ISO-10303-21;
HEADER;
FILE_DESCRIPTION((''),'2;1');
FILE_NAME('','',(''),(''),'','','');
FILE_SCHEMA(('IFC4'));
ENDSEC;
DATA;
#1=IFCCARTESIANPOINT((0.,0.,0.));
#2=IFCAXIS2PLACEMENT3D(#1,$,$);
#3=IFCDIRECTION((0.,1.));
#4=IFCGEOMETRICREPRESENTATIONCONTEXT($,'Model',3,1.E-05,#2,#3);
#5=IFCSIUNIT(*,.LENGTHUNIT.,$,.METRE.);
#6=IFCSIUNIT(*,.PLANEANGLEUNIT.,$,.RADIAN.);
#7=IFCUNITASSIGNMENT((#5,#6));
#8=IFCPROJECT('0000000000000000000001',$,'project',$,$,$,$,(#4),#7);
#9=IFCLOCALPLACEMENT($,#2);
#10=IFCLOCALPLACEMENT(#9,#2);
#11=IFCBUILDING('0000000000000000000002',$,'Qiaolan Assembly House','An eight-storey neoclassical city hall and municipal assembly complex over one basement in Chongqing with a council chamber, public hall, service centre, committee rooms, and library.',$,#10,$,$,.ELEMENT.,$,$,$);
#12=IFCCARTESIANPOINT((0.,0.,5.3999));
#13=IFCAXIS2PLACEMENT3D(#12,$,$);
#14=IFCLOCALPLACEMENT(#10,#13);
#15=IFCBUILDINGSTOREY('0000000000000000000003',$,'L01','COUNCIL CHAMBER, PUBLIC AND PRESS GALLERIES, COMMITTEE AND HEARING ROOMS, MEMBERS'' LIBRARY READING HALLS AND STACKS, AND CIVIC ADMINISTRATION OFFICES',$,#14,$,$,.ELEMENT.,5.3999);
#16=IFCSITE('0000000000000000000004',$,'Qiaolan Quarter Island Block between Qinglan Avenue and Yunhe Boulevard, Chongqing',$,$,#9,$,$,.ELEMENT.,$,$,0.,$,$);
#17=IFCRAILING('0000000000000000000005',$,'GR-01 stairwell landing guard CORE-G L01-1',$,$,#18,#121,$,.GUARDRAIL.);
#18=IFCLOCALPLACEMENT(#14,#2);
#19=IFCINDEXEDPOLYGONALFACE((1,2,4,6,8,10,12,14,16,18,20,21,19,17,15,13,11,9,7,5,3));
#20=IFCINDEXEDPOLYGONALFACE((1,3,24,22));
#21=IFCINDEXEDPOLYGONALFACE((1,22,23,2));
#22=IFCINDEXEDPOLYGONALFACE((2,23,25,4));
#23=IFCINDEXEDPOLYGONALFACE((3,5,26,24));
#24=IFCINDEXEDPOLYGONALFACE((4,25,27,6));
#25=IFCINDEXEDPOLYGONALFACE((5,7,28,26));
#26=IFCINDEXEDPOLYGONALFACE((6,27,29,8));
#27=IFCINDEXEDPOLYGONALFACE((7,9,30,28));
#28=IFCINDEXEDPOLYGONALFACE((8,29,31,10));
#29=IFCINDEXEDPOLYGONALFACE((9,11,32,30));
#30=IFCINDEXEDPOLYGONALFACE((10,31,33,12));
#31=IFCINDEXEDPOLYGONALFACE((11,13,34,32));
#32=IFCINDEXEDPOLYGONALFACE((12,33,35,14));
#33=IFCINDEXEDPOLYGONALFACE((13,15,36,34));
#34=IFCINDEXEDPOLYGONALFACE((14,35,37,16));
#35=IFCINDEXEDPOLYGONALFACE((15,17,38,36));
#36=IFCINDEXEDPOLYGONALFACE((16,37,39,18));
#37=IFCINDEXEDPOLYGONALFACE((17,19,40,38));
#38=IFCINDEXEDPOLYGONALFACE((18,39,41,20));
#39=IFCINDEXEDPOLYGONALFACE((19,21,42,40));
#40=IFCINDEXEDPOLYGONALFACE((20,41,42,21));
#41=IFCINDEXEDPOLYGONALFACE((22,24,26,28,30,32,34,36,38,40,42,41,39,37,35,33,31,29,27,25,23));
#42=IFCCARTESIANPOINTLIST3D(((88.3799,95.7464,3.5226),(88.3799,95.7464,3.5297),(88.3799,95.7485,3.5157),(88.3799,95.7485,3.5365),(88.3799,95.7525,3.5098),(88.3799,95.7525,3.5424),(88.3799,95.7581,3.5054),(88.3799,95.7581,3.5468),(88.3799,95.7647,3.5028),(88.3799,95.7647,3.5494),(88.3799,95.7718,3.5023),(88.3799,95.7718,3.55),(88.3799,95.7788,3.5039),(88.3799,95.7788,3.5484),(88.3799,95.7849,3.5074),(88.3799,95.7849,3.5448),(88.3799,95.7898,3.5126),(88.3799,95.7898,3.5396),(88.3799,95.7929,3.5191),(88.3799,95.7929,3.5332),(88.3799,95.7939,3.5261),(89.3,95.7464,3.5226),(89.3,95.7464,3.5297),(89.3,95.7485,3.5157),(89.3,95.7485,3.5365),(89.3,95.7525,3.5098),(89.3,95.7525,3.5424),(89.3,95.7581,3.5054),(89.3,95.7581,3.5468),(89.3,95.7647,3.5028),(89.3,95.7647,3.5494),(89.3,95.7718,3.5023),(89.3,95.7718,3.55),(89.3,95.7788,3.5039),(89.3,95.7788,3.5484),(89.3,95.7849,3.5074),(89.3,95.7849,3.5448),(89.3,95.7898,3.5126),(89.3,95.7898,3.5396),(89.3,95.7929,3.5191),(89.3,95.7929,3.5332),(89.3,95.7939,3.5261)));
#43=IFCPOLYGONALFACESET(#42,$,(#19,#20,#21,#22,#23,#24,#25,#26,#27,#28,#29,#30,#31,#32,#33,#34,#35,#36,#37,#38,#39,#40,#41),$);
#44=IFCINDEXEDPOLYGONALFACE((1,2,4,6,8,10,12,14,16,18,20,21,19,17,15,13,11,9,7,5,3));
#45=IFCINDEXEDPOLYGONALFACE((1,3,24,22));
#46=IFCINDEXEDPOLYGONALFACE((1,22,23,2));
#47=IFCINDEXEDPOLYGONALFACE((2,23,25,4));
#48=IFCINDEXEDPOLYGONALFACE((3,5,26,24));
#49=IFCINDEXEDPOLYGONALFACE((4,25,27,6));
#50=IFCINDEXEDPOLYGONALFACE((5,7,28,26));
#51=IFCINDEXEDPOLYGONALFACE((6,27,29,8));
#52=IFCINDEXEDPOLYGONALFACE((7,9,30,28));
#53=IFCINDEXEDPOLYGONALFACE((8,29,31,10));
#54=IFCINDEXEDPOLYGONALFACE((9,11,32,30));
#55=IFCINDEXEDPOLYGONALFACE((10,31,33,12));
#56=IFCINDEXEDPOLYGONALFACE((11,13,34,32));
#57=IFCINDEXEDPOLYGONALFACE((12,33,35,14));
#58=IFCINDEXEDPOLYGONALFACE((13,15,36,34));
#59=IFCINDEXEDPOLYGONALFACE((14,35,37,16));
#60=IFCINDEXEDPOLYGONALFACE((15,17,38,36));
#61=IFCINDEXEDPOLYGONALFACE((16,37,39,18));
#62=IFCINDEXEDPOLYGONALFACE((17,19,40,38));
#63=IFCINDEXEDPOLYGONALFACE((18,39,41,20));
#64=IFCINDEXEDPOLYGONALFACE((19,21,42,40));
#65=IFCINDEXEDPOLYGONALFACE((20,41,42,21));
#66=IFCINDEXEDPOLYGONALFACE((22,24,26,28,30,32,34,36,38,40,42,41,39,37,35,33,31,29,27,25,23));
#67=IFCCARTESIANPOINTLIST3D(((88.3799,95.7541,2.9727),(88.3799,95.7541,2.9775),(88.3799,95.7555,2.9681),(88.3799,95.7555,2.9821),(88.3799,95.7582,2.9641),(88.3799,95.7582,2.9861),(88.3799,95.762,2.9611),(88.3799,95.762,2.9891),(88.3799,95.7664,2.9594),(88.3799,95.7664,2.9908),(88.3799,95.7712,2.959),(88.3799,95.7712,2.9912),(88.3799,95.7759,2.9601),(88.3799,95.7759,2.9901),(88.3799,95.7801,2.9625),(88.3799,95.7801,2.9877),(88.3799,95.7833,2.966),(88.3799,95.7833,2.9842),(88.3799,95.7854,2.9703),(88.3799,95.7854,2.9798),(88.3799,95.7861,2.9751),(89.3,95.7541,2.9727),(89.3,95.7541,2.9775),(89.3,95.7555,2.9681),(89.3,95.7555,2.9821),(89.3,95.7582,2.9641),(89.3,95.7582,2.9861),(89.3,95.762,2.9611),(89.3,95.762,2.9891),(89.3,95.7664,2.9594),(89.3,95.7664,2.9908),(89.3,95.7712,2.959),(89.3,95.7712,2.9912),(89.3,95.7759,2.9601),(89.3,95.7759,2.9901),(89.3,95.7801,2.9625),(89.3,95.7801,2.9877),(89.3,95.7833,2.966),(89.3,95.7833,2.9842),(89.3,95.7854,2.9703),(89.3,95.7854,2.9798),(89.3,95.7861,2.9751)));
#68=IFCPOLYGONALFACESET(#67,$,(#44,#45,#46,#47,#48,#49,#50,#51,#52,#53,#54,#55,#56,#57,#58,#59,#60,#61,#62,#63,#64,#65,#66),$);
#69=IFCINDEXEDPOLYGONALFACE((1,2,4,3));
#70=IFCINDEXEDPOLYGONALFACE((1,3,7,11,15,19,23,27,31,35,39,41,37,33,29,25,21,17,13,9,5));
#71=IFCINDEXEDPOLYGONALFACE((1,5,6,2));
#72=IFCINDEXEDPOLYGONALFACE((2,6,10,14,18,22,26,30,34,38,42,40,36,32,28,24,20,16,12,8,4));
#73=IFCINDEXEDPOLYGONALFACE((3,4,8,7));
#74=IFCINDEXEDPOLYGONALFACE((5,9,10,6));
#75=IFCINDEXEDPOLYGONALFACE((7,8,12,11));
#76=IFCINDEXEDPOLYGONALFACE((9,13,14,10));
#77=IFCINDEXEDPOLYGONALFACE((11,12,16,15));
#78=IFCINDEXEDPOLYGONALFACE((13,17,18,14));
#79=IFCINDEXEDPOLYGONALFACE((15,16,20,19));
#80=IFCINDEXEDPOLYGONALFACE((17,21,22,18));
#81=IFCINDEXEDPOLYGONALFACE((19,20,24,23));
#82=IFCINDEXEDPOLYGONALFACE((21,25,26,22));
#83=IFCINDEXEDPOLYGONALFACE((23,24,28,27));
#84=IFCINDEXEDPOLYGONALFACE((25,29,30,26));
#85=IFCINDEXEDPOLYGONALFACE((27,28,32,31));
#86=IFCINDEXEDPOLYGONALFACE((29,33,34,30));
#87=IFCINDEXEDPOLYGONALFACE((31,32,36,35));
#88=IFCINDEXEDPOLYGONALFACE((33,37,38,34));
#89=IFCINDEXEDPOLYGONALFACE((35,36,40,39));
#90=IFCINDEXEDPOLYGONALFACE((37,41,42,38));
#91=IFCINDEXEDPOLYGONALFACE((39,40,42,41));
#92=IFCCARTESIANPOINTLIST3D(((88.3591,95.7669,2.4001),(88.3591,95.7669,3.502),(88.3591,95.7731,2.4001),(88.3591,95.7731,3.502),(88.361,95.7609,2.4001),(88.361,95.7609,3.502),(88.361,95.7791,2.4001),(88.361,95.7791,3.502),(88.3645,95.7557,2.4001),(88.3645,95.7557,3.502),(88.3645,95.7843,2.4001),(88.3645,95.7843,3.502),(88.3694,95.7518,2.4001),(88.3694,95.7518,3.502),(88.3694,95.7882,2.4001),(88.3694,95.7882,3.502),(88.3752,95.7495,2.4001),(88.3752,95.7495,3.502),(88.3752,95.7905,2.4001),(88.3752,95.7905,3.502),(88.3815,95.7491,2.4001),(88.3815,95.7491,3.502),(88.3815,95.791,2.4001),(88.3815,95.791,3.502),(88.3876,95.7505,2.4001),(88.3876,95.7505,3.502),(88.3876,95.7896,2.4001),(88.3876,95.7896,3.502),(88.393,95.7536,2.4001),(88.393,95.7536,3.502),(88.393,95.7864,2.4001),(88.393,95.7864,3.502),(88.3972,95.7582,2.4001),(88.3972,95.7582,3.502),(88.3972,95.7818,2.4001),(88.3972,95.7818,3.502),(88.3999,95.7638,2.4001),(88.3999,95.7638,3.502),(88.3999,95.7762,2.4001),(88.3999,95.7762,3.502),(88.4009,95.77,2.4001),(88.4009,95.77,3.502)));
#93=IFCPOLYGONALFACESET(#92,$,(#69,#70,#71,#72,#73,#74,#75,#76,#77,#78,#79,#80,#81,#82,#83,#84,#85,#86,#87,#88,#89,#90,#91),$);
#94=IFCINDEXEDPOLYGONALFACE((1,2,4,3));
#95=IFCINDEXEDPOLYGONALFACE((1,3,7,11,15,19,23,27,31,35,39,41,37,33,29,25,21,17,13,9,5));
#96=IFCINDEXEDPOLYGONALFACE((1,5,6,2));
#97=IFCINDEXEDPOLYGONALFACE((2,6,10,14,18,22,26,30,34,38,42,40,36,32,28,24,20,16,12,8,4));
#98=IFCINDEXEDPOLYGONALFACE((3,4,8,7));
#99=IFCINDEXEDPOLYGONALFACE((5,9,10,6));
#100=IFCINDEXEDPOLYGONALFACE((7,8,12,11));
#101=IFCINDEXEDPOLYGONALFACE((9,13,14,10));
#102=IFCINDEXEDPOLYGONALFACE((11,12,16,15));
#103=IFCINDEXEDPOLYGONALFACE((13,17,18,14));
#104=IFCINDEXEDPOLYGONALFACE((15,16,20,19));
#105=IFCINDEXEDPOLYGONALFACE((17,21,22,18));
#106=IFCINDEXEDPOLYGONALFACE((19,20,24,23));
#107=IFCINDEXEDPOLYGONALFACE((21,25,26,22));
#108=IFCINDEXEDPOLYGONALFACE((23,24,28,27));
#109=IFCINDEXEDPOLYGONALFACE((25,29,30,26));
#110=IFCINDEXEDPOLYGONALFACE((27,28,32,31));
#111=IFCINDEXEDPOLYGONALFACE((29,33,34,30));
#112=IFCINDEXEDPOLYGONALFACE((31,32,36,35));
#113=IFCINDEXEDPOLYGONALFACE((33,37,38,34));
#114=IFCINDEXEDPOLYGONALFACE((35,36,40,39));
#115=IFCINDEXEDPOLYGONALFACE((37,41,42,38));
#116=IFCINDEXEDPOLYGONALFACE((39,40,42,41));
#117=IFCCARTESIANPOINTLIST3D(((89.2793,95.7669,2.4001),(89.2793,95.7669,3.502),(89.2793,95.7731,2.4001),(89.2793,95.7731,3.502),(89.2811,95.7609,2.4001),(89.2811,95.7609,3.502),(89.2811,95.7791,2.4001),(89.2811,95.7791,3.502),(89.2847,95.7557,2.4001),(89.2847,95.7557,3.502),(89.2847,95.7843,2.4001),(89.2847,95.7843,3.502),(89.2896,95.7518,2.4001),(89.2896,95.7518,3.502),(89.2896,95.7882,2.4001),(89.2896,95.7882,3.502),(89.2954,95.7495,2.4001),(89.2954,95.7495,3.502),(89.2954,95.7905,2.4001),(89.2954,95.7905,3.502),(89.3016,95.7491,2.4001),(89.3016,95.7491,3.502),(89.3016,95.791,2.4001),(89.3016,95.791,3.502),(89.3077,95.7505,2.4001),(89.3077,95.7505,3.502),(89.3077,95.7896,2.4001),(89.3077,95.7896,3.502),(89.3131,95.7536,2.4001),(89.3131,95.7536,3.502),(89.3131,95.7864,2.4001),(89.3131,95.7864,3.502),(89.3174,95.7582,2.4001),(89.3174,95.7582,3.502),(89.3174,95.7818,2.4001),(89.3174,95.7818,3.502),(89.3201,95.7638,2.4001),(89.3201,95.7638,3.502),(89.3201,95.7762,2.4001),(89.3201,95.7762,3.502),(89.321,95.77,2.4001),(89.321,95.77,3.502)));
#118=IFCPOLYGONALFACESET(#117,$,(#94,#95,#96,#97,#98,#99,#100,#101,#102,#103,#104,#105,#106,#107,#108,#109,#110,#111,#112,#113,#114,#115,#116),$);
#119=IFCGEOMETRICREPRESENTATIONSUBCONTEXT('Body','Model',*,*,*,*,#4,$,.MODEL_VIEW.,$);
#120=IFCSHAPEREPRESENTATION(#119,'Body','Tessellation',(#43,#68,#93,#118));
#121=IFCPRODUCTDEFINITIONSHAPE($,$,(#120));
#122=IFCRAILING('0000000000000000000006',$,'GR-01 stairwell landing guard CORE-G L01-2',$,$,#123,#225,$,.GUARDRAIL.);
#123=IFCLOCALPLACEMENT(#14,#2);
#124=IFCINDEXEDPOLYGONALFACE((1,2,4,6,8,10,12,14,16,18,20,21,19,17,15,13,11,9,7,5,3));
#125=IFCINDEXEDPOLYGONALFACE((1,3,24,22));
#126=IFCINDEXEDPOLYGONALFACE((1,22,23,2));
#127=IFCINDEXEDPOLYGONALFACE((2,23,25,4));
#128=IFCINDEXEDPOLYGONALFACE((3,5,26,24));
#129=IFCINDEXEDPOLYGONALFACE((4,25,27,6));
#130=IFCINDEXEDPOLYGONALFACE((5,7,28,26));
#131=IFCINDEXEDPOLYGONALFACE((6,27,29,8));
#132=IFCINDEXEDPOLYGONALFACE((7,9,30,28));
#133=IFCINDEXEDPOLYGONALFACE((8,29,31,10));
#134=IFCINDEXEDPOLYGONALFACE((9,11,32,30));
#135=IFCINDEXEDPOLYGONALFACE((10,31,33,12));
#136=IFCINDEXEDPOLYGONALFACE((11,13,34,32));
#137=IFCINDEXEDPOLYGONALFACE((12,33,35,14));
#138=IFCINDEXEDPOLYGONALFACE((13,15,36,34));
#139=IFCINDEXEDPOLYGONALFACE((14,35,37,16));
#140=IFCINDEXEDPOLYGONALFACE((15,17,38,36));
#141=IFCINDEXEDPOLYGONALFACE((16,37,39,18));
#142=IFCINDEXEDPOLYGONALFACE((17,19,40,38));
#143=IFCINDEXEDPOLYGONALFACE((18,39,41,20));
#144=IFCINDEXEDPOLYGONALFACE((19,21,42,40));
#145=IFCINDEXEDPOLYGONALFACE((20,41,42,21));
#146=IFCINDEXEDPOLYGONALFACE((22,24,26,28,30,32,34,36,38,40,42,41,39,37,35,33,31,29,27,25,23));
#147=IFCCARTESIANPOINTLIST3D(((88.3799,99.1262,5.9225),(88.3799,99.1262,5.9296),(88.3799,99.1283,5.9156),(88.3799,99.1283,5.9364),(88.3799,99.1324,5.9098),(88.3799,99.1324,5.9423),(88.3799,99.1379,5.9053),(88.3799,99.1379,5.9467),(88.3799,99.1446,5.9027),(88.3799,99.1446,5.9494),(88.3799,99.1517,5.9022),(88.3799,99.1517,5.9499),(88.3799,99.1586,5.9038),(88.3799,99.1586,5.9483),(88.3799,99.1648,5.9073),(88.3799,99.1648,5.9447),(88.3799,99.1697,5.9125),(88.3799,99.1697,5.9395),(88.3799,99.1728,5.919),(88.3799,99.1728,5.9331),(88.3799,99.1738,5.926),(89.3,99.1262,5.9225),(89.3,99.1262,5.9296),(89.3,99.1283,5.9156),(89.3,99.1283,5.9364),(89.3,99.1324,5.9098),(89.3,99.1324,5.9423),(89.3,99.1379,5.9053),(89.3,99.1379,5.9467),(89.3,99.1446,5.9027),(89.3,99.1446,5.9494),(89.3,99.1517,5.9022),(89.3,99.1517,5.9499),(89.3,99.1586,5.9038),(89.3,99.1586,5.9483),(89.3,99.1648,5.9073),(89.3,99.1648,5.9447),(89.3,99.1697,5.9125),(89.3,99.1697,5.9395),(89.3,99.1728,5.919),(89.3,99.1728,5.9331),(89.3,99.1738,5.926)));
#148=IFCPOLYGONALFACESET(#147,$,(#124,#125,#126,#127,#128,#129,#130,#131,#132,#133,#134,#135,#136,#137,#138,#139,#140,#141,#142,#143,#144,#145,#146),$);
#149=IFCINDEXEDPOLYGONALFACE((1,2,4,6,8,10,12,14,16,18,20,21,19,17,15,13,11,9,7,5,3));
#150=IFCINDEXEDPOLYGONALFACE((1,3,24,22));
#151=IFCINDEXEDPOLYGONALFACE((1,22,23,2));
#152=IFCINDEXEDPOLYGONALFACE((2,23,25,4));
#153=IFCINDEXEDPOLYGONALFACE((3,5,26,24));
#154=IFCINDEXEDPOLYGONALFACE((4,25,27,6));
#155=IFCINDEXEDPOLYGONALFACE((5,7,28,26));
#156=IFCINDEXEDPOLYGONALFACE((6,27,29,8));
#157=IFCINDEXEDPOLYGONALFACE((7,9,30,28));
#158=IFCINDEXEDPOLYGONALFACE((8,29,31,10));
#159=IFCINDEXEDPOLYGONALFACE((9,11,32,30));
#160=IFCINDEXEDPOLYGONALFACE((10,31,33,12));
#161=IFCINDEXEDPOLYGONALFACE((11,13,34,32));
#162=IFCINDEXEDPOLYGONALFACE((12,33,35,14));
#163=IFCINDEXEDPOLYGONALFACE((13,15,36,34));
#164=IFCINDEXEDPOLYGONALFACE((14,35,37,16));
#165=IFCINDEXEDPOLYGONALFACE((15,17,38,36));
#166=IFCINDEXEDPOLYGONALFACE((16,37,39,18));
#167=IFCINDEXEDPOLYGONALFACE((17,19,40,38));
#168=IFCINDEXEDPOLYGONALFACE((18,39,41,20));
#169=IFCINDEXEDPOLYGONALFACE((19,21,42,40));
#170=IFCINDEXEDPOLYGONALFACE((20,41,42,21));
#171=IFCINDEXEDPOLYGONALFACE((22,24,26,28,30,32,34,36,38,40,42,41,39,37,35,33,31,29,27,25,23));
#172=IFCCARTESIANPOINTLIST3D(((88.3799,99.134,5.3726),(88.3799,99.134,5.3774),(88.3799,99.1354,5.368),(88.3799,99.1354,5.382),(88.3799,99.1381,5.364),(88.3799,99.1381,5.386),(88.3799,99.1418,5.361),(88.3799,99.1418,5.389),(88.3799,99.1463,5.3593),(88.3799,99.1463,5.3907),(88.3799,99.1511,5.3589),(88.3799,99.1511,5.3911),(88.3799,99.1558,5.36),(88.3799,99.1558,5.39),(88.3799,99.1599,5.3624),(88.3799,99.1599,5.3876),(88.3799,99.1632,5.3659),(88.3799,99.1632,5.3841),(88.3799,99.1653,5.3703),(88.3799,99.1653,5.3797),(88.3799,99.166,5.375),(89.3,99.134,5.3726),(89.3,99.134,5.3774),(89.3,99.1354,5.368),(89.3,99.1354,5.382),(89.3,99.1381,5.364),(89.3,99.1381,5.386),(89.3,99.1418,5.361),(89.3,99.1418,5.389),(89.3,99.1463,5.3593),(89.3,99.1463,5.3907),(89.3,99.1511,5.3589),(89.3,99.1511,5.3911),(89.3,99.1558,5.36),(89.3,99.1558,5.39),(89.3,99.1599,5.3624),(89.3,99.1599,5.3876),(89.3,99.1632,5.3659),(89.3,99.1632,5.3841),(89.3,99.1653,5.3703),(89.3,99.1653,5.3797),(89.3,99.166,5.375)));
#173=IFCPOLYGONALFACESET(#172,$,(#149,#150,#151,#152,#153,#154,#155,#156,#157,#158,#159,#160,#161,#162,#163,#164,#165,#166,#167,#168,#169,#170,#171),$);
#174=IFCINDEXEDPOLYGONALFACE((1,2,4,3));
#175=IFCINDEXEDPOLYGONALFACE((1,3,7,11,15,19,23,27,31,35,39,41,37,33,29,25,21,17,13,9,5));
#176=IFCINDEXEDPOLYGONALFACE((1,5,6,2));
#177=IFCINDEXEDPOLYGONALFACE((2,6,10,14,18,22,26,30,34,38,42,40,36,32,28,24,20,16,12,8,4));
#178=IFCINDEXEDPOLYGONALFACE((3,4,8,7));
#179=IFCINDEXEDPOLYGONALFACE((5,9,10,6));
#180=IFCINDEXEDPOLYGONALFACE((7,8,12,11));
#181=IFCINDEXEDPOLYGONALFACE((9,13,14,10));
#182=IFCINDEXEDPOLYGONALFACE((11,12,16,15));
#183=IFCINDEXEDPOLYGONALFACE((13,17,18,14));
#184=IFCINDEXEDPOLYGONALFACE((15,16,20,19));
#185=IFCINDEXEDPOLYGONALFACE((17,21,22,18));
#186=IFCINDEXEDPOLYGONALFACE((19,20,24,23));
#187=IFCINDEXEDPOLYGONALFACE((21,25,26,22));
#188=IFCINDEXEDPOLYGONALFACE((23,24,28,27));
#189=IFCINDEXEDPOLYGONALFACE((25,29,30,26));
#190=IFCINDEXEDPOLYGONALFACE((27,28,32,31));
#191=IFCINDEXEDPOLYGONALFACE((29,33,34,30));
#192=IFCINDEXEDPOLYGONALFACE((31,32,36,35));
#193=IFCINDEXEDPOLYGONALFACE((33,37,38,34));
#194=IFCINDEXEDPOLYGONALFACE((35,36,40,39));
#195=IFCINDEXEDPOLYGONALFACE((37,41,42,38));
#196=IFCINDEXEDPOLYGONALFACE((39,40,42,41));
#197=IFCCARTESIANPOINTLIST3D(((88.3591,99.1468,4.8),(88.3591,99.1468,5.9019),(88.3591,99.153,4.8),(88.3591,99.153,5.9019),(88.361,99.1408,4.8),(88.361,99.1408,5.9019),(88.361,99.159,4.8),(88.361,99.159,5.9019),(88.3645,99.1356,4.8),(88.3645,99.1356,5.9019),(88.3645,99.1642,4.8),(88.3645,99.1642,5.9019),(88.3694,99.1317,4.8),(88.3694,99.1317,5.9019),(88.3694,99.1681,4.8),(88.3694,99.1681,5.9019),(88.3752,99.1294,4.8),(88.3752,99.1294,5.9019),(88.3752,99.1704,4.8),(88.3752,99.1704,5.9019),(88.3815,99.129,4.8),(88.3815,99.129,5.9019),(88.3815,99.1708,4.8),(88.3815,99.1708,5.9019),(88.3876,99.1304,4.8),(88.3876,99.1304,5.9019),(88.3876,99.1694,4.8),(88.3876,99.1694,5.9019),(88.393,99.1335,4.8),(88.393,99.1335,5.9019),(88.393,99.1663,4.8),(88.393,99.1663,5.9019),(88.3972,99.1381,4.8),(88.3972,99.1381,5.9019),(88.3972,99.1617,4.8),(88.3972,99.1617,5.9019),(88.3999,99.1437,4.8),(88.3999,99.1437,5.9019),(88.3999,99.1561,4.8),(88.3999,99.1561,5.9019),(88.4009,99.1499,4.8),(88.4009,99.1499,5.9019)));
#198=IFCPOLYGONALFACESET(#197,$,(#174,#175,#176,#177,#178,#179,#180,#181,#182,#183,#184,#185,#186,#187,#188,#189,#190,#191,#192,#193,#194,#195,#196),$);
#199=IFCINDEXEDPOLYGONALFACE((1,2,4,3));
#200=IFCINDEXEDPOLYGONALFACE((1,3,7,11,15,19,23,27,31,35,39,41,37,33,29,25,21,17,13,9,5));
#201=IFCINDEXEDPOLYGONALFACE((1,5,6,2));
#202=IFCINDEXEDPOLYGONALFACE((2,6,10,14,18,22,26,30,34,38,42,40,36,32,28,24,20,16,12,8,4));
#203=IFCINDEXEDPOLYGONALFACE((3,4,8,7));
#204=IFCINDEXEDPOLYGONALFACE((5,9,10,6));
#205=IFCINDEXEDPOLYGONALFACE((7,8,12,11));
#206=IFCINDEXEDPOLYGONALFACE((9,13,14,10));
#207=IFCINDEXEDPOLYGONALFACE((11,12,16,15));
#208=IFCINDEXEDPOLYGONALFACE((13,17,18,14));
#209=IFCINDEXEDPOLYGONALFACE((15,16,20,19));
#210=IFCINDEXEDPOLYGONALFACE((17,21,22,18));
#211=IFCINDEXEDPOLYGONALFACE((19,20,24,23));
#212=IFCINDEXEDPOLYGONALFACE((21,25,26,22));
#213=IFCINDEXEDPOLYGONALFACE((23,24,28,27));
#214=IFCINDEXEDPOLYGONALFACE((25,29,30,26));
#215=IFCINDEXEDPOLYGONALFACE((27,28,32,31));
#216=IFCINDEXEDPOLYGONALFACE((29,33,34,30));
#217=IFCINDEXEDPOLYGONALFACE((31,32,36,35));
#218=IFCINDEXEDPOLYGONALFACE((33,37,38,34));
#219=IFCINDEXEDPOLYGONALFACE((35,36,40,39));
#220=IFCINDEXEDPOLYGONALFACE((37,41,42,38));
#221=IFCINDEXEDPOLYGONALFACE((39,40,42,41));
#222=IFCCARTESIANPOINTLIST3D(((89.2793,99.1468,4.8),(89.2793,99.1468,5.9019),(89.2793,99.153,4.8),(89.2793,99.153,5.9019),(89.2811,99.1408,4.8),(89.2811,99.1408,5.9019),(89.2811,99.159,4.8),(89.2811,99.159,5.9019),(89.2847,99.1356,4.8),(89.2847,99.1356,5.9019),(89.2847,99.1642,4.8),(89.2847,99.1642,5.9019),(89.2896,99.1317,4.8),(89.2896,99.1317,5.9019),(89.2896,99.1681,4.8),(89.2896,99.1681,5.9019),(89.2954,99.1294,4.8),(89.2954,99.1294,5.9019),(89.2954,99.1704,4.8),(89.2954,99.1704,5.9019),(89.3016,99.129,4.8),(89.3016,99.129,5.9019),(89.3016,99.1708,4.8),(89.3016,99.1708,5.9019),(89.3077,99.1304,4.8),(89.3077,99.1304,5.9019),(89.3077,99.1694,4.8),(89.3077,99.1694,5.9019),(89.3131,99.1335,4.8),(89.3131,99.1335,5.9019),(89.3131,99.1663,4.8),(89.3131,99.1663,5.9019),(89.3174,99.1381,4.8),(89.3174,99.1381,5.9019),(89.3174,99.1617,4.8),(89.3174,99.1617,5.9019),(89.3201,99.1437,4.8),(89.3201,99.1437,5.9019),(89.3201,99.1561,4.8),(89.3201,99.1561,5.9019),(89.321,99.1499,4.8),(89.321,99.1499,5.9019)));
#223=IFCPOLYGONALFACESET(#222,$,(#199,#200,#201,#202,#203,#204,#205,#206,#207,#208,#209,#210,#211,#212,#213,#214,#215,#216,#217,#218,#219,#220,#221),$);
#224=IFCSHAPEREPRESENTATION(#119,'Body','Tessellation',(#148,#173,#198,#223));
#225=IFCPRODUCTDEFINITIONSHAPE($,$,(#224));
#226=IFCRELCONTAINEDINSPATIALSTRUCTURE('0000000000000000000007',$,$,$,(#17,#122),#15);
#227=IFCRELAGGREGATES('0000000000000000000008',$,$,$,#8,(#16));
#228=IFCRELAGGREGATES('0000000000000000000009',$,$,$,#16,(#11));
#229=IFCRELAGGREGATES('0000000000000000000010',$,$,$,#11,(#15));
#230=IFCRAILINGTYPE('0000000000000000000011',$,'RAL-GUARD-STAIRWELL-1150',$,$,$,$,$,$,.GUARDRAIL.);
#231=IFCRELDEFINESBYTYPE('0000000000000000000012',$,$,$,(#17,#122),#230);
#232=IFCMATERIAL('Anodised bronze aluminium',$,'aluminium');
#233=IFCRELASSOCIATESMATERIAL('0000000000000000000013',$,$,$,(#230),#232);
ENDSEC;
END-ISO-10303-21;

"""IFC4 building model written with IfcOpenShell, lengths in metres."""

from ifc_helpers import new_model, si_unit, direction, frame, origin, origin_2d, place, context, subcontext, project, spatial, circle, extrude, material, type_object, element, save


model = new_model("IFC4")

# Units and contexts
model_context = context("Model", 3, precision=1e-05, world=origin(), true_north=direction((0.0, 1.0)))
body_context = subcontext(model_context, "Body", "Model", "MODEL_VIEW")
ifc_project = project(units=[si_unit("LENGTHUNIT", "METRE"), si_unit("PLANEANGLEUNIT", "RADIAN")], contexts=[model_context])

# Site, building, storey
site_placement = place(None, origin())
site = spatial("IfcSite", under=ifc_project, at=site_placement, Name="Qiaolan Quarter Island Block between Qinglan Avenue and Yunhe Boulevard, Chongqing", CompositionType="ELEMENT", RefElevation=0.0)
building_placement = place(site_placement, origin())
building = spatial("IfcBuilding", under=site, at=building_placement, Name="Qiaolan Assembly House", Description="An eight-storey neoclassical city hall and municipal assembly complex over one basement in Chongqing with a council chamber, public hall, service centre, committee rooms, and library.", CompositionType="ELEMENT")
storey_placement = place(building_placement, frame((0.0, 0.0, 5.3999)))
storey = spatial("IfcBuildingStorey", under=building, at=storey_placement, Name="L01", Description="COUNCIL CHAMBER, PUBLIC AND PRESS GALLERIES, COMMITTEE AND HEARING ROOMS, MEMBERS' LIBRARY READING HALLS AND STACKS, AND CIVIC ADMINISTRATION OFFICES", CompositionType="ELEMENT", Elevation=5.3999)

# Shared definitions
ifc_material_1 = material(Name="Anodised bronze aluminium", Category="aluminium")

# Railings
railing_type_1 = type_object("IfcRailingType", Name="RAL-GUARD-STAIRWELL-1150", PredefinedType="GUARDRAIL", material=ifc_material_1)
for number, where, name in (
    (1, (88.3799, 95.77, 2.4001), "GR-01 stairwell landing guard CORE-G L01-1"),
    (2, (88.3799, 99.1499, 4.8), "GR-01 stairwell landing guard CORE-G L01-2"),
):
    element("IfcRailing", number, at=place(storey_placement, frame(where)), inside=storey, type_object=railing_type_1, Name=name, PredefinedType="GUARDRAIL", context=body_context, shape_type="SweptSolid", body=[
        extrude(circle(Radius=0.0239, at=origin_2d()), frame((0.0, 0.0, 1.126), z_axis=(1.0, 0.0, 0.0), x_axis=(0.0, 1.0, 0.0)), (0.0, 0.0, 1.0), 0.9202),
        extrude(circle(Radius=0.0161, at=origin_2d()), frame((0.0, 0.0, 0.575), z_axis=(1.0, 0.0, 0.0), x_axis=(0.0, 1.0, 0.0)), (0.0, 0.0, 1.0), 0.9202),
        extrude(circle(Radius=0.021, at=origin_2d()), origin(), (0.0, 0.0, 1.0), 1.1018),
        extrude(circle(Radius=0.021, at=origin_2d()), frame((0.9202, 0.0, 0.0)), (0.0, 0.0, 1.0), 1.1018),
    ])

save(model, "model.ifc")
